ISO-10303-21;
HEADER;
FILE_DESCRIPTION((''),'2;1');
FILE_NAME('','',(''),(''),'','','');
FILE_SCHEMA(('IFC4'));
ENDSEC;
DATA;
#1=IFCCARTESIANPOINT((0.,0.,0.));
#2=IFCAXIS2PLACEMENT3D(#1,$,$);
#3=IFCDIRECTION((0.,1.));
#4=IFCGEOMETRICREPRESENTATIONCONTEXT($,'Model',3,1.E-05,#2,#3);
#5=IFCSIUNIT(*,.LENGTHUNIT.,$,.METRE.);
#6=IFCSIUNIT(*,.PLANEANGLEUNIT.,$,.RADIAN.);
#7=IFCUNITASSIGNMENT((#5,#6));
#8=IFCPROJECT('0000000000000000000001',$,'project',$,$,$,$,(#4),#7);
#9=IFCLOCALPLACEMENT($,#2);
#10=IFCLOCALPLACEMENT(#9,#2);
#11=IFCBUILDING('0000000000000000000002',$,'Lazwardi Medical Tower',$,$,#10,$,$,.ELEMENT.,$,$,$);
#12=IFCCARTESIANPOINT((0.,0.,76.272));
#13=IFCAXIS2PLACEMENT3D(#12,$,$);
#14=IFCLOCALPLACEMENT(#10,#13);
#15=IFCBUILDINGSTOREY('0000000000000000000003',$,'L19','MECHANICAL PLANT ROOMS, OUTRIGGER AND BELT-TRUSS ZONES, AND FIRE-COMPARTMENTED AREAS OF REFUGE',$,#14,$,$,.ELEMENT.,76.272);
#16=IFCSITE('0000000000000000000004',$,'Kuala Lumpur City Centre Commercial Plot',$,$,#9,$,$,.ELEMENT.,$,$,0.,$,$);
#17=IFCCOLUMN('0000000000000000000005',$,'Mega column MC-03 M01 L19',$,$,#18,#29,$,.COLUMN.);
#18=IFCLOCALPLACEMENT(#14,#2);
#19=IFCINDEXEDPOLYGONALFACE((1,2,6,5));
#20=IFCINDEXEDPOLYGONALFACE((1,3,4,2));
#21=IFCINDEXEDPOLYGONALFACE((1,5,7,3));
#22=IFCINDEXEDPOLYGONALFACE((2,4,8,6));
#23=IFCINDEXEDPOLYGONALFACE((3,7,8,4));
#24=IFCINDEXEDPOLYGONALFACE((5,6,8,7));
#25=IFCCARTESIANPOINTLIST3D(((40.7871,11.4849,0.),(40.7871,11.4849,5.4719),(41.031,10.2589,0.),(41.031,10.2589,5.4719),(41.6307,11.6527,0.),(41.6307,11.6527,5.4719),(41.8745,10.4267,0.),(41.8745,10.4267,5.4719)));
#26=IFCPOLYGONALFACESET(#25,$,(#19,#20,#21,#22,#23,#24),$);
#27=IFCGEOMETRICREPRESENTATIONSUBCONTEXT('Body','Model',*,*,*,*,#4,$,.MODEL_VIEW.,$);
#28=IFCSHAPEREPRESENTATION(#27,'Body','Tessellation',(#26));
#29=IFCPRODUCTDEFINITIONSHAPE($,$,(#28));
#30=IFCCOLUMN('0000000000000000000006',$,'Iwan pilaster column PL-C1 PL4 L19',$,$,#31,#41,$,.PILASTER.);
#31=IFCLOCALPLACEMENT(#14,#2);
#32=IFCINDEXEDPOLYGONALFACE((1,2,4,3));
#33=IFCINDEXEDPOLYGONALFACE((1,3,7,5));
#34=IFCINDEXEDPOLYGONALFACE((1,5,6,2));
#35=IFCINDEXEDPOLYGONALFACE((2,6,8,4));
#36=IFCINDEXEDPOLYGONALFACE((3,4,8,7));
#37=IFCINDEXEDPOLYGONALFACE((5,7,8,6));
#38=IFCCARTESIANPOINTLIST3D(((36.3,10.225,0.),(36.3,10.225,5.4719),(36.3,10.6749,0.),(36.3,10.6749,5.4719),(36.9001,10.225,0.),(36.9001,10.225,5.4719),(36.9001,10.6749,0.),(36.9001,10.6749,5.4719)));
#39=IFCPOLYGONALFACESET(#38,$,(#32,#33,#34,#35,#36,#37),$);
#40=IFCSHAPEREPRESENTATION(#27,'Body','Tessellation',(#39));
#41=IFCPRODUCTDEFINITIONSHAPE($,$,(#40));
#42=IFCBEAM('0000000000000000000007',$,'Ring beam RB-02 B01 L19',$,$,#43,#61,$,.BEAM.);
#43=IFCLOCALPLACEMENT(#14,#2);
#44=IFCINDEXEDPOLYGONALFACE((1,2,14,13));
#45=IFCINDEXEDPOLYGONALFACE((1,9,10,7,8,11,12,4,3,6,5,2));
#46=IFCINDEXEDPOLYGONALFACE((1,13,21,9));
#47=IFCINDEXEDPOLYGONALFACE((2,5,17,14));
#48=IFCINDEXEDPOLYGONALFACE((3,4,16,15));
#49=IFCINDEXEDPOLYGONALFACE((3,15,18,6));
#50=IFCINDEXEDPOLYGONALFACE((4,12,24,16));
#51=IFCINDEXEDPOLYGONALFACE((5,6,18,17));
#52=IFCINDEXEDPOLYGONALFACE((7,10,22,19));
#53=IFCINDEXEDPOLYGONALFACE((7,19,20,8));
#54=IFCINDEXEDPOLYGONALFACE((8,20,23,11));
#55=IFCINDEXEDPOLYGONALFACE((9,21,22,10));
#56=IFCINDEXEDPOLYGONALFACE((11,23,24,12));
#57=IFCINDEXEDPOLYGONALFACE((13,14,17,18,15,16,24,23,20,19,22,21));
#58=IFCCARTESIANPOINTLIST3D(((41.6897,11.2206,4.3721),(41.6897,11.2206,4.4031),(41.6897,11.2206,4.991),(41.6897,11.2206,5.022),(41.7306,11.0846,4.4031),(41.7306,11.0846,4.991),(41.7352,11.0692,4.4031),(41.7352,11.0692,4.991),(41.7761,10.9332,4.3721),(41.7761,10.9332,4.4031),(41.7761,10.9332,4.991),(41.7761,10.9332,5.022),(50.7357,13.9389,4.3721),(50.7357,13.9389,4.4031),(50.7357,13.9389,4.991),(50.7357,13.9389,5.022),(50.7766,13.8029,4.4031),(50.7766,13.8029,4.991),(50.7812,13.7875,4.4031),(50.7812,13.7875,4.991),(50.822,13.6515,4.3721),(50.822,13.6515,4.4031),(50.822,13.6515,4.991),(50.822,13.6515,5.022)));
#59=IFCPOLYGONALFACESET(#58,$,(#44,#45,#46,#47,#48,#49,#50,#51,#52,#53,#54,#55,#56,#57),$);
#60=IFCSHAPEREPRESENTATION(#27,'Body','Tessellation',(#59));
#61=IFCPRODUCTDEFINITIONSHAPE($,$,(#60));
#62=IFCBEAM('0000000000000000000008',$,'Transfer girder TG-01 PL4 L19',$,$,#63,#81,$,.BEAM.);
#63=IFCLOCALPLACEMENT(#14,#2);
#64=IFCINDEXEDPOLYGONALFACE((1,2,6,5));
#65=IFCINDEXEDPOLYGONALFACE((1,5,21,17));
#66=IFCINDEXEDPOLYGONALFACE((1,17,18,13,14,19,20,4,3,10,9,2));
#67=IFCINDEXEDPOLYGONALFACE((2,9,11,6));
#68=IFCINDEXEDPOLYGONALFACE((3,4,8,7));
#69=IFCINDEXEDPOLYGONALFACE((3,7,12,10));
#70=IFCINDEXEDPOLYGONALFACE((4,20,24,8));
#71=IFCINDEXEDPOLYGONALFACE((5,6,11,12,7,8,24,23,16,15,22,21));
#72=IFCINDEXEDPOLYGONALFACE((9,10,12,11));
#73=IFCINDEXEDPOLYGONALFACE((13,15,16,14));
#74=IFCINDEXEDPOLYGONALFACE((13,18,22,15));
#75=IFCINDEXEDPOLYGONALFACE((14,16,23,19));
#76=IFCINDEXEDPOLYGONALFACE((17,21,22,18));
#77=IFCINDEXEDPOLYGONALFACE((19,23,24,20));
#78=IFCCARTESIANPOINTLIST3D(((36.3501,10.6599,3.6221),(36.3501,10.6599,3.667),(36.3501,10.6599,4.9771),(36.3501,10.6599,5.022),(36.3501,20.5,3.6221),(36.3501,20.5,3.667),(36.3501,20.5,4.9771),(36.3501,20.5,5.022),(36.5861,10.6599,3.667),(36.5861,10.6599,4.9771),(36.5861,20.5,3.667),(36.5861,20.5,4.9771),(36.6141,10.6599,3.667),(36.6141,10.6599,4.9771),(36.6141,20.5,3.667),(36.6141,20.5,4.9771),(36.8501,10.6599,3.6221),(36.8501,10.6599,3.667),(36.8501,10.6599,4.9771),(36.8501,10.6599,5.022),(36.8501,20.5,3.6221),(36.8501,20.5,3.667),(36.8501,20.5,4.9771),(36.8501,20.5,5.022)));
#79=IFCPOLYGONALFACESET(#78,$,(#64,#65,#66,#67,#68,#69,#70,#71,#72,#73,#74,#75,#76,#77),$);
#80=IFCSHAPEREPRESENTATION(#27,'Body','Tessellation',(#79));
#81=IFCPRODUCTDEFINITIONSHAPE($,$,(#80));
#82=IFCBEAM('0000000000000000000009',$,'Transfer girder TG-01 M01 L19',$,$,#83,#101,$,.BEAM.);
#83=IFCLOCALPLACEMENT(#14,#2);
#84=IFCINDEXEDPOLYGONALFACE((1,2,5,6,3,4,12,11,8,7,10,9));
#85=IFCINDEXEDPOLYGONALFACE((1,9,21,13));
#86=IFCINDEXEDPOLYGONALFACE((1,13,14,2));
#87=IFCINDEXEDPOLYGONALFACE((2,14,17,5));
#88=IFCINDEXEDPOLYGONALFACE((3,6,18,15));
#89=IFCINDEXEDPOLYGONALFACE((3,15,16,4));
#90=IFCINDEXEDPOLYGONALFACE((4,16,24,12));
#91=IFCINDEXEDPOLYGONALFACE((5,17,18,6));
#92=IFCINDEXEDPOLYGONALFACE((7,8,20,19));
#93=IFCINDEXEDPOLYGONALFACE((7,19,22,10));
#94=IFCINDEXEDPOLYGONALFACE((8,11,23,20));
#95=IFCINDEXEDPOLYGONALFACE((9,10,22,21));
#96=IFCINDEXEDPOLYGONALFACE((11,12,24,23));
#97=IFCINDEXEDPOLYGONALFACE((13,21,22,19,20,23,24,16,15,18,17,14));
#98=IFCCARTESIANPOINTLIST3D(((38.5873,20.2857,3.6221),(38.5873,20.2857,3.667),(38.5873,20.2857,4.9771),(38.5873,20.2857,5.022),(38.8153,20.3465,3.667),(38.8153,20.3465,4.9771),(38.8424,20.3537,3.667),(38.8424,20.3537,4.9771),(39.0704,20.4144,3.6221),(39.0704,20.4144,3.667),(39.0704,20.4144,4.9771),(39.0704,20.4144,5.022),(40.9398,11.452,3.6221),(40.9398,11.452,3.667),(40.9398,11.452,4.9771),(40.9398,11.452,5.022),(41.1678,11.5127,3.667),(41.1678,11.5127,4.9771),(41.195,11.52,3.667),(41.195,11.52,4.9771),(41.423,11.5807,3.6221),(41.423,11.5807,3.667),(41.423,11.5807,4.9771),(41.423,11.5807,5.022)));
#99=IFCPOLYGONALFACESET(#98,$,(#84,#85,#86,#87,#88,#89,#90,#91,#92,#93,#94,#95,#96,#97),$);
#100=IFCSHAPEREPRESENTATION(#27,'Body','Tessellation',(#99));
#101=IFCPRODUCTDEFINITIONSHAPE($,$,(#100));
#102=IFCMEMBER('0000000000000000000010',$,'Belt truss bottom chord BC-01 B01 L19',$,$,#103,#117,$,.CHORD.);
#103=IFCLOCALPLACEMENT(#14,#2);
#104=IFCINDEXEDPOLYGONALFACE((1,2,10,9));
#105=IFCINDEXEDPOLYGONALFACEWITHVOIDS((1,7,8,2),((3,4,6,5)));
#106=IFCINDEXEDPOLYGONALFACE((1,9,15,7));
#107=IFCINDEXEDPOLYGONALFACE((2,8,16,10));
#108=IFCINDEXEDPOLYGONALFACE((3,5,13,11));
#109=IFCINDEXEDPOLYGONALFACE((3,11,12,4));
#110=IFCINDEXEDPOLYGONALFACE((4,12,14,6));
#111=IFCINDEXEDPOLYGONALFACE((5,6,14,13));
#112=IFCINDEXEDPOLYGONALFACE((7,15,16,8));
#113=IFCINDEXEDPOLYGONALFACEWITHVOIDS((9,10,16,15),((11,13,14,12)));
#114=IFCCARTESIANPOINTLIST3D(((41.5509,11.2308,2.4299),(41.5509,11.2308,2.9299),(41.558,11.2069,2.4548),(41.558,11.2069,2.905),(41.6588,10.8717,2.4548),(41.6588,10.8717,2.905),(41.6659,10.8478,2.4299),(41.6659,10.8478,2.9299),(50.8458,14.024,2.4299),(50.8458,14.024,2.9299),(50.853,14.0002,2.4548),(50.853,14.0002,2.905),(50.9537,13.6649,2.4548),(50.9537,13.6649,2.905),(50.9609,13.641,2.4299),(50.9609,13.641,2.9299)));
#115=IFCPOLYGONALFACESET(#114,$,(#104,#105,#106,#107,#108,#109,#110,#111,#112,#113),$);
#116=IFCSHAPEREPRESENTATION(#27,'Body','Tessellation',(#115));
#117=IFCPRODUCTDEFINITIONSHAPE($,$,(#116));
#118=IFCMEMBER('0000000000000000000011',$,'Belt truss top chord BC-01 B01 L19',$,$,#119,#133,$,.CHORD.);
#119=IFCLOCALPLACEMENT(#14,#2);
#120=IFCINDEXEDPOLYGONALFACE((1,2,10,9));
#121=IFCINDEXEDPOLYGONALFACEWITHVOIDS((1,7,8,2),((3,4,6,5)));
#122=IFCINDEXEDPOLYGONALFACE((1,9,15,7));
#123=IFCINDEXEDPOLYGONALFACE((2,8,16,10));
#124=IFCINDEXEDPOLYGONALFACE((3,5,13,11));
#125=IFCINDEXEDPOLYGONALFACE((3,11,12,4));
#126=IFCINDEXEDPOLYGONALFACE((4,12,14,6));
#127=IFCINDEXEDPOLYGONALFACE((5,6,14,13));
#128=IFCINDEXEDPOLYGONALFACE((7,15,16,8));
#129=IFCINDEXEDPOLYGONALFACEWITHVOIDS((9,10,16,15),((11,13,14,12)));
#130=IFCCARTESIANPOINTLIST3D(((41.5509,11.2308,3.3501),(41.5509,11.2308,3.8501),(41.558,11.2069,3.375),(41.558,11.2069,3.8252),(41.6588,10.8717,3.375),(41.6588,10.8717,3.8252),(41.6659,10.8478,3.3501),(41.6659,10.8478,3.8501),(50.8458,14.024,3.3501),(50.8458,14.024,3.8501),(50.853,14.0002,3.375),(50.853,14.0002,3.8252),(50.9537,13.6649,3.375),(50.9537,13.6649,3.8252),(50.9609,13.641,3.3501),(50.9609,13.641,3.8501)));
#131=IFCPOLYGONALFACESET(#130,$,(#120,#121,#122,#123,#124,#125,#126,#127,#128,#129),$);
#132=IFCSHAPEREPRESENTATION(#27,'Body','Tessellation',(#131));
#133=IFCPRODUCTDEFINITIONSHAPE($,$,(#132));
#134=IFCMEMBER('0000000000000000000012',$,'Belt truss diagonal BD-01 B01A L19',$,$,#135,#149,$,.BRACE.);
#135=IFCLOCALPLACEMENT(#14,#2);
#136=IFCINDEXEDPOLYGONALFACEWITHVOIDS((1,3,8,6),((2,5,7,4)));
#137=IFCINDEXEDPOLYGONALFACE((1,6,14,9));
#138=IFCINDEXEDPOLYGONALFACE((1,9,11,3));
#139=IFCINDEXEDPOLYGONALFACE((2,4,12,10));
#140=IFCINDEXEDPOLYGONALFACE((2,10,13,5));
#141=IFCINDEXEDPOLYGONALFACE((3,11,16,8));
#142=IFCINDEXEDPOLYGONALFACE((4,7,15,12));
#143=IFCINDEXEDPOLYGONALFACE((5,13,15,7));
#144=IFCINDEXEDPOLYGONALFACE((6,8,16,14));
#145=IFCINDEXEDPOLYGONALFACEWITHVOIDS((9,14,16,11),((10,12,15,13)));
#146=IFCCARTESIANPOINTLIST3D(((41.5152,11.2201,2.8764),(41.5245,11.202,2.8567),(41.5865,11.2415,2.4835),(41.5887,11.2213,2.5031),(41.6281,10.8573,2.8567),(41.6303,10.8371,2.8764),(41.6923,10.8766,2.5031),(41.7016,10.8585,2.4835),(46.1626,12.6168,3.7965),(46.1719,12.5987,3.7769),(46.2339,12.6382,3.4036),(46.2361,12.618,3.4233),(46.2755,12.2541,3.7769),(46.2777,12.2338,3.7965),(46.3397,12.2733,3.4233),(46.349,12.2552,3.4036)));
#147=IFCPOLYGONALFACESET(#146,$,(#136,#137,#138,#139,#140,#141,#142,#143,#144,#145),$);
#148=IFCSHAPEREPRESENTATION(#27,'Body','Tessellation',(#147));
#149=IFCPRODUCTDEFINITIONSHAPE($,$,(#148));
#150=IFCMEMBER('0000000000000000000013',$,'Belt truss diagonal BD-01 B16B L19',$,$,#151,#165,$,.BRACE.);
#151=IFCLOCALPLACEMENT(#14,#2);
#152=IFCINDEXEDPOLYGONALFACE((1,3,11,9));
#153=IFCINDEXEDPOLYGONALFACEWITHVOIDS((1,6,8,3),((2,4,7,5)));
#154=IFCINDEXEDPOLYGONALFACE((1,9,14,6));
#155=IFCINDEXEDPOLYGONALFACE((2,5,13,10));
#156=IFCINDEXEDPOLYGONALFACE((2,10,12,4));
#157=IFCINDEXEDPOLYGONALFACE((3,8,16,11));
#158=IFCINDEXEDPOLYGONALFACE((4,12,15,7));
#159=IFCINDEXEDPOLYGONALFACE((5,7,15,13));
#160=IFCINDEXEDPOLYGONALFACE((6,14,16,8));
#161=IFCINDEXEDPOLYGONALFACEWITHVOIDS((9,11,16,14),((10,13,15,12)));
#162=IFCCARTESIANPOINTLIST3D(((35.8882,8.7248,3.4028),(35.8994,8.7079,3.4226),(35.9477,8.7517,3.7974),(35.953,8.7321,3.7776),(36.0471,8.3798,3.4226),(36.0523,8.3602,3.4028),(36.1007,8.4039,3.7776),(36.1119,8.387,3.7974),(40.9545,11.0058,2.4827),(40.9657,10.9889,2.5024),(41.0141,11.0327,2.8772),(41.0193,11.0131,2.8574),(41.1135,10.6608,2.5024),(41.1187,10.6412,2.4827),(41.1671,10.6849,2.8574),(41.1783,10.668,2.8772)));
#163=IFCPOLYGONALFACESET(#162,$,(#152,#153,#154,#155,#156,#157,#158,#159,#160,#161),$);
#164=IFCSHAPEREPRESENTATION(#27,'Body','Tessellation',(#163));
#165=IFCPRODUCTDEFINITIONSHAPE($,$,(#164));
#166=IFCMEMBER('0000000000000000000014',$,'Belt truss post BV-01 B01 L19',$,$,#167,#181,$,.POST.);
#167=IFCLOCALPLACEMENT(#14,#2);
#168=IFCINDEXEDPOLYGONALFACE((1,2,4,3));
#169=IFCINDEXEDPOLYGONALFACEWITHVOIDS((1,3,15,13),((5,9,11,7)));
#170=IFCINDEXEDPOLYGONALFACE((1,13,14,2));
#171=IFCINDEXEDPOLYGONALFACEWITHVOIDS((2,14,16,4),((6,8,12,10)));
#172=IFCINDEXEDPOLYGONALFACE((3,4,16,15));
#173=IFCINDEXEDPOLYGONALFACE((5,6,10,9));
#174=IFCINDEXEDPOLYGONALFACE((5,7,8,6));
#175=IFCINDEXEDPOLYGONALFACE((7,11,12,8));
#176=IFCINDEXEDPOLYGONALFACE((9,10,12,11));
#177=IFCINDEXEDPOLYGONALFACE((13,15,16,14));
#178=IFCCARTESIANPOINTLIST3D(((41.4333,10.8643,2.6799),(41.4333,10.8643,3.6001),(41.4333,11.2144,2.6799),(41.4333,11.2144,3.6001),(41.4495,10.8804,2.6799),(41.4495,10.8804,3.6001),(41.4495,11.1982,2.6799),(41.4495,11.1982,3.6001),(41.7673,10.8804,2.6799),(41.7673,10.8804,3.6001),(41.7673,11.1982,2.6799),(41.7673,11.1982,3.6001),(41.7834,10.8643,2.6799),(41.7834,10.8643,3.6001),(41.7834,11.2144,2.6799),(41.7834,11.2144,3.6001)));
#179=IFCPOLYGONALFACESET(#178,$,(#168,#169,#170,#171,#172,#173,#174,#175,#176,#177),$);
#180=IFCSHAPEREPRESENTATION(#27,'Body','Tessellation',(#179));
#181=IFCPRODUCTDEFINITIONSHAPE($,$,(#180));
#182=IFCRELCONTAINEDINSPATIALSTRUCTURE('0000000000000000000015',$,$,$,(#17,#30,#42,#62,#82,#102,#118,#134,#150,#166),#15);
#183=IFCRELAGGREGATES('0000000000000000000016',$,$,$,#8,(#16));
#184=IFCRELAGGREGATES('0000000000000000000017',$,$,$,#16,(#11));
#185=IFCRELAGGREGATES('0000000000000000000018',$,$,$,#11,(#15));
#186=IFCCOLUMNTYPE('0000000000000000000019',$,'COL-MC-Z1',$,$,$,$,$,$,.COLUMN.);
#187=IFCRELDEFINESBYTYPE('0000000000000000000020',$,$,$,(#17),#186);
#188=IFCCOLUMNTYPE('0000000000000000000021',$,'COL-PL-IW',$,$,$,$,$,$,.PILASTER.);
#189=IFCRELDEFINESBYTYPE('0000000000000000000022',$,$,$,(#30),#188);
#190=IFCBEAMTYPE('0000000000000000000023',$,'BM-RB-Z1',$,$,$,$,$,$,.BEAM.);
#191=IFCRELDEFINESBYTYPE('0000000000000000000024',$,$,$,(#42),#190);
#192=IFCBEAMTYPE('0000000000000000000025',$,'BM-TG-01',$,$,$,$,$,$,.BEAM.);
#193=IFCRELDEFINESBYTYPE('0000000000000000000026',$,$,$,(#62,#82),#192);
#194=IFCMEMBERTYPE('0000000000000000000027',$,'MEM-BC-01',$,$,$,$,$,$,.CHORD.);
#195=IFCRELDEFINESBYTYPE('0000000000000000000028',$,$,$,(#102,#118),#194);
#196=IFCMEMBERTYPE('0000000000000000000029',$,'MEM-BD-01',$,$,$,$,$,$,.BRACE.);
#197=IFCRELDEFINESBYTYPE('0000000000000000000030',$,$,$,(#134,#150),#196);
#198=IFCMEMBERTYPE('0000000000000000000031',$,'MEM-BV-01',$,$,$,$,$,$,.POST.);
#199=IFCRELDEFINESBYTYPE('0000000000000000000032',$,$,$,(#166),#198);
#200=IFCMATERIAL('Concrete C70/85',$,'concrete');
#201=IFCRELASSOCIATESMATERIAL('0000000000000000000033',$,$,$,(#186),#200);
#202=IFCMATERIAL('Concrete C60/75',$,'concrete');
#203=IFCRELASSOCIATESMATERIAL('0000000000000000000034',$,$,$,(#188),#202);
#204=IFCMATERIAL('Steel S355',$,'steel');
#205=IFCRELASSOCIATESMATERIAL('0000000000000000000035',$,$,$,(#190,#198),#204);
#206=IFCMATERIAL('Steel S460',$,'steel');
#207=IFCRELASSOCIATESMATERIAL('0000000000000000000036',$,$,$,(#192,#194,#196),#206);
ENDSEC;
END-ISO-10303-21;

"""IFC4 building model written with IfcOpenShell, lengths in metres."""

from ifc_helpers import new_model, si_unit, direction, frame, origin, origin_2d, place, context, subcontext, project, spatial, rectangle, hollow_rectangle, i_section, extrude, material, material_profile, profile_set, type_object, element, save


model = new_model("IFC4")

# Units and contexts
model_context = context("Model", 3, precision=1e-05, world=origin(), true_north=direction((0.0, 1.0)))
body_context = subcontext(model_context, "Body", "Model", "MODEL_VIEW")
ifc_project = project(units=[si_unit("LENGTHUNIT", "METRE"), si_unit("PLANEANGLEUNIT", "RADIAN")], contexts=[model_context])

# Site, building, storey
site_placement = place(None, origin())
site = spatial("IfcSite", under=ifc_project, at=site_placement, Name="Kuala Lumpur City Centre Commercial Plot", CompositionType="ELEMENT", RefElevation=0.0)
building_placement = place(site_placement, origin())
building = spatial("IfcBuilding", under=site, at=building_placement, Name="Lazwardi Medical Tower", CompositionType="ELEMENT")
storey_placement = place(building_placement, frame((0.0, 0.0, 76.272)))
storey = spatial("IfcBuildingStorey", under=building, at=storey_placement, Name="L19", Description="MECHANICAL PLANT ROOMS, OUTRIGGER AND BELT-TRUSS ZONES, AND FIRE-COMPARTMENTED AREAS OF REFUGE", CompositionType="ELEMENT", Elevation=76.272)

# Columns
ifc_material_1 = material(Name="Concrete C70/85", Category="concrete")
ifc_material_profile_1 = material_profile(ifc_material_1, rectangle(XDim=1.25, YDim=0.8601, at=origin_2d()), Name="CFT-RECT 1250x860")
ifc_profile_set_1 = profile_set([ifc_material_profile_1], Name="Concrete C70/85")
column_type_1 = type_object("IfcColumnType", Name="COL-MC-Z1", PredefinedType="COLUMN", material=ifc_profile_set_1)
column_1_placement = place(storey_placement, frame((41.3308, 10.9558, 0.0), z_axis=(0.0, 0.0, 1.0), x_axis=(0.19509, -0.980785, 0.0)))
element("IfcColumn", 1, at=column_1_placement, inside=storey, type_object=column_type_1, Name="Mega column MC-03 M01 L19", PredefinedType="COLUMN", context=body_context, shape_type="SweptSolid", body=[
    extrude(rectangle(XDim=1.25, YDim=0.8601, at=origin_2d()), origin(), (0.0, 0.0, 1.0), 5.4719),
])
ifc_material_2 = material(Name="Concrete C60/75", Category="concrete")
ifc_material_profile_2 = material_profile(ifc_material_2, rectangle(XDim=0.6001, YDim=0.45, at=origin_2d()), Name="RC 600x450")
ifc_profile_set_2 = profile_set([ifc_material_profile_2], Name="Concrete C60/75")
column_type_2 = type_object("IfcColumnType", Name="COL-PL-IW", PredefinedType="PILASTER", material=ifc_profile_set_2)
column_2_placement = place(storey_placement, frame((36.6001, 10.45, 0.0), z_axis=(0.0, 0.0, 1.0), x_axis=(1.0, 0.0, 0.0)))
element("IfcColumn", 2, at=column_2_placement, inside=storey, type_object=column_type_2, Name="Iwan pilaster column PL-C1 PL4 L19", PredefinedType="PILASTER", context=body_context, shape_type="SweptSolid", body=[
    extrude(rectangle(XDim=0.6001, YDim=0.45, at=origin_2d()), origin(), (0.0, 0.0, 1.0), 5.4719),
])

# Beams
ifc_material_3 = material(Name="Steel S355", Category="steel")
ifc_material_profile_3 = material_profile(ifc_material_3, i_section(OverallWidth=0.3, OverallDepth=0.6499, WebThickness=0.0161, FlangeThickness=0.031, at=origin_2d()), Name="HEB 650")
ifc_profile_set_3 = profile_set([ifc_material_profile_3], Name="Steel S355")
beam_type_1 = type_object("IfcBeamType", Name="BM-RB-Z1", PredefinedType="BEAM", material=ifc_profile_set_3)
beam_1_placement = place(storey_placement, frame((41.7329, 11.0769, 4.697), z_axis=(0.957695, 0.287784, 0.0), x_axis=(-0.287784, 0.957695, 0.0)))
element("IfcBeam", 3, at=beam_1_placement, inside=storey, type_object=beam_type_1, Name="Ring beam RB-02 B01 L19", PredefinedType="BEAM", context=body_context, shape_type="SweptSolid", body=[
    extrude(i_section(OverallWidth=0.3, OverallDepth=0.6499, WebThickness=0.0161, FlangeThickness=0.031, at=origin_2d()), origin(), (0.0, 0.0, 1.0), 9.4456),
])
ifc_material_4 = material(Name="Steel S460", Category="steel")
ifc_material_profile_4 = material_profile(ifc_material_4, i_section(OverallWidth=0.5, OverallDepth=1.3999, WebThickness=0.0281, FlangeThickness=0.0449, at=origin_2d()), Name="PG 1400x500")
ifc_profile_set_4 = profile_set([ifc_material_profile_4], Name="Steel S460")
beam_type_2 = type_object("IfcBeamType", Name="BM-TG-01", PredefinedType="BEAM", material=ifc_profile_set_4)
beam_2_placement = place(storey_placement, frame((36.6001, 10.6599, 4.322), z_axis=(0.0, 1.0, 0.0), x_axis=(-1.0, 0.0, 0.0)))
element("IfcBeam", 4, at=beam_2_placement, inside=storey, type_object=beam_type_2, Name="Transfer girder TG-01 PL4 L19", PredefinedType="BEAM", context=body_context, shape_type="SweptSolid", body=[
    extrude(i_section(OverallWidth=0.5, OverallDepth=1.3999, WebThickness=0.0281, FlangeThickness=0.0449, at=origin_2d()), origin(), (0.0, 0.0, 1.0), 9.8401),
])
beam_3_placement = place(storey_placement, frame((41.1814, 11.5164, 4.322), z_axis=(-0.257343, 0.96632, 0.0), x_axis=(-0.96632, -0.257343, 0.0)))
element("IfcBeam", 5, at=beam_3_placement, inside=storey, type_object=beam_type_2, Name="Transfer girder TG-01 M01 L19", PredefinedType="BEAM", context=body_context, shape_type="SweptSolid", body=[
    extrude(i_section(OverallWidth=0.5, OverallDepth=1.3999, WebThickness=0.0281, FlangeThickness=0.0449, at=origin_2d()), origin(), (0.0, 0.0, 1.0), 9.1416),
])

# Members
ifc_material_profile_5 = material_profile(ifc_material_4, hollow_rectangle(XDim=0.3999, YDim=0.5, WallThickness=0.0249, at=origin_2d()), Name="RHS 500x400x25")
ifc_profile_set_5 = profile_set([ifc_material_profile_5], Name="Steel S460")
member_type_1 = type_object("IfcMemberType", Name="MEM-BC-01", PredefinedType="CHORD", material=ifc_profile_set_5)
for number, where, z_axis, x_axis, name in (
    (6, (41.6084, 11.0393, 2.6799), (0.957692, 0.287796, 0.0), (-0.287796, 0.957692, 0.0), "Belt truss bottom chord BC-01 B01 L19"),
    (7, (41.6084, 11.0393, 3.6001), (0.957692, 0.287796, 0.0), (-0.287796, 0.957692, 0.0), "Belt truss top chord BC-01 B01 L19"),
):
    element("IfcMember", number, at=place(storey_placement, frame(where, z_axis=z_axis, x_axis=x_axis)), inside=storey, type_object=member_type_1, Name=name, PredefinedType="CHORD", context=body_context, shape_type="SweptSolid", body=[
        extrude(hollow_rectangle(XDim=0.3999, YDim=0.5, WallThickness=0.0249, at=origin_2d()), origin(), (0.0, 0.0, 1.0), 9.7056),
    ])
ifc_material_profile_6 = material_profile(ifc_material_4, hollow_rectangle(XDim=0.3999, YDim=0.3999, WallThickness=0.02, at=origin_2d()), Name="RHS 400x400x20")
ifc_profile_set_6 = profile_set([ifc_material_profile_6], Name="Steel S460")
member_type_2 = type_object("IfcMemberType", Name="MEM-BD-01", PredefinedType="BRACE", material=ifc_profile_set_6)
member_1_placement = place(storey_placement, frame((41.6084, 11.0393, 2.6799), z_axis=(0.940919, 0.28278, 0.186296), x_axis=(-0.287819, 0.957685, 0.0)))
element("IfcMember", 8, at=member_1_placement, inside=storey, type_object=member_type_2, Name="Belt truss diagonal BD-01 B01A L19", PredefinedType="BRACE", context=body_context, shape_type="SweptSolid", body=[
    extrude(hollow_rectangle(XDim=0.3999, YDim=0.3999, WallThickness=0.02, at=origin_2d()), origin(), (0.0, 0.0, 1.0), 4.9392),
])
member_2_placement = place(storey_placement, frame((41.0664, 10.8369, 2.6799), z_axis=(-0.899593, -0.405016, 0.163385), x_axis=(0.410533, -0.911846, 0.0)))
element("IfcMember", 9, at=member_2_placement, inside=storey, type_object=member_type_2, Name="Belt truss diagonal BD-01 B16B L19", PredefinedType="BRACE", context=body_context, shape_type="SweptSolid", body=[
    extrude(hollow_rectangle(XDim=0.3999, YDim=0.3999, WallThickness=0.02, at=origin_2d()), origin(), (0.0, 0.0, 1.0), 5.6318),
])
ifc_material_profile_7 = material_profile(ifc_material_3, hollow_rectangle(XDim=0.3501, YDim=0.3501, WallThickness=0.0161, at=origin_2d()), Name="RHS 350x350x16")
ifc_profile_set_7 = profile_set([ifc_material_profile_7], Name="Steel S355")
member_type_3 = type_object("IfcMemberType", Name="MEM-BV-01", PredefinedType="POST", material=ifc_profile_set_7)
member_3_placement = place(storey_placement, frame((41.6084, 11.0393, 2.6799), z_axis=(0.0, 0.0, 1.0), x_axis=(1.0, 0.0, 0.0)))
element("IfcMember", 10, at=member_3_placement, inside=storey, type_object=member_type_3, Name="Belt truss post BV-01 B01 L19", PredefinedType="POST", context=body_context, shape_type="SweptSolid", body=[
    extrude(hollow_rectangle(XDim=0.3501, YDim=0.3501, WallThickness=0.0161, at=origin_2d()), origin(), (0.0, 0.0, 1.0), 0.9202),
])

save(model, "model.ifc")
